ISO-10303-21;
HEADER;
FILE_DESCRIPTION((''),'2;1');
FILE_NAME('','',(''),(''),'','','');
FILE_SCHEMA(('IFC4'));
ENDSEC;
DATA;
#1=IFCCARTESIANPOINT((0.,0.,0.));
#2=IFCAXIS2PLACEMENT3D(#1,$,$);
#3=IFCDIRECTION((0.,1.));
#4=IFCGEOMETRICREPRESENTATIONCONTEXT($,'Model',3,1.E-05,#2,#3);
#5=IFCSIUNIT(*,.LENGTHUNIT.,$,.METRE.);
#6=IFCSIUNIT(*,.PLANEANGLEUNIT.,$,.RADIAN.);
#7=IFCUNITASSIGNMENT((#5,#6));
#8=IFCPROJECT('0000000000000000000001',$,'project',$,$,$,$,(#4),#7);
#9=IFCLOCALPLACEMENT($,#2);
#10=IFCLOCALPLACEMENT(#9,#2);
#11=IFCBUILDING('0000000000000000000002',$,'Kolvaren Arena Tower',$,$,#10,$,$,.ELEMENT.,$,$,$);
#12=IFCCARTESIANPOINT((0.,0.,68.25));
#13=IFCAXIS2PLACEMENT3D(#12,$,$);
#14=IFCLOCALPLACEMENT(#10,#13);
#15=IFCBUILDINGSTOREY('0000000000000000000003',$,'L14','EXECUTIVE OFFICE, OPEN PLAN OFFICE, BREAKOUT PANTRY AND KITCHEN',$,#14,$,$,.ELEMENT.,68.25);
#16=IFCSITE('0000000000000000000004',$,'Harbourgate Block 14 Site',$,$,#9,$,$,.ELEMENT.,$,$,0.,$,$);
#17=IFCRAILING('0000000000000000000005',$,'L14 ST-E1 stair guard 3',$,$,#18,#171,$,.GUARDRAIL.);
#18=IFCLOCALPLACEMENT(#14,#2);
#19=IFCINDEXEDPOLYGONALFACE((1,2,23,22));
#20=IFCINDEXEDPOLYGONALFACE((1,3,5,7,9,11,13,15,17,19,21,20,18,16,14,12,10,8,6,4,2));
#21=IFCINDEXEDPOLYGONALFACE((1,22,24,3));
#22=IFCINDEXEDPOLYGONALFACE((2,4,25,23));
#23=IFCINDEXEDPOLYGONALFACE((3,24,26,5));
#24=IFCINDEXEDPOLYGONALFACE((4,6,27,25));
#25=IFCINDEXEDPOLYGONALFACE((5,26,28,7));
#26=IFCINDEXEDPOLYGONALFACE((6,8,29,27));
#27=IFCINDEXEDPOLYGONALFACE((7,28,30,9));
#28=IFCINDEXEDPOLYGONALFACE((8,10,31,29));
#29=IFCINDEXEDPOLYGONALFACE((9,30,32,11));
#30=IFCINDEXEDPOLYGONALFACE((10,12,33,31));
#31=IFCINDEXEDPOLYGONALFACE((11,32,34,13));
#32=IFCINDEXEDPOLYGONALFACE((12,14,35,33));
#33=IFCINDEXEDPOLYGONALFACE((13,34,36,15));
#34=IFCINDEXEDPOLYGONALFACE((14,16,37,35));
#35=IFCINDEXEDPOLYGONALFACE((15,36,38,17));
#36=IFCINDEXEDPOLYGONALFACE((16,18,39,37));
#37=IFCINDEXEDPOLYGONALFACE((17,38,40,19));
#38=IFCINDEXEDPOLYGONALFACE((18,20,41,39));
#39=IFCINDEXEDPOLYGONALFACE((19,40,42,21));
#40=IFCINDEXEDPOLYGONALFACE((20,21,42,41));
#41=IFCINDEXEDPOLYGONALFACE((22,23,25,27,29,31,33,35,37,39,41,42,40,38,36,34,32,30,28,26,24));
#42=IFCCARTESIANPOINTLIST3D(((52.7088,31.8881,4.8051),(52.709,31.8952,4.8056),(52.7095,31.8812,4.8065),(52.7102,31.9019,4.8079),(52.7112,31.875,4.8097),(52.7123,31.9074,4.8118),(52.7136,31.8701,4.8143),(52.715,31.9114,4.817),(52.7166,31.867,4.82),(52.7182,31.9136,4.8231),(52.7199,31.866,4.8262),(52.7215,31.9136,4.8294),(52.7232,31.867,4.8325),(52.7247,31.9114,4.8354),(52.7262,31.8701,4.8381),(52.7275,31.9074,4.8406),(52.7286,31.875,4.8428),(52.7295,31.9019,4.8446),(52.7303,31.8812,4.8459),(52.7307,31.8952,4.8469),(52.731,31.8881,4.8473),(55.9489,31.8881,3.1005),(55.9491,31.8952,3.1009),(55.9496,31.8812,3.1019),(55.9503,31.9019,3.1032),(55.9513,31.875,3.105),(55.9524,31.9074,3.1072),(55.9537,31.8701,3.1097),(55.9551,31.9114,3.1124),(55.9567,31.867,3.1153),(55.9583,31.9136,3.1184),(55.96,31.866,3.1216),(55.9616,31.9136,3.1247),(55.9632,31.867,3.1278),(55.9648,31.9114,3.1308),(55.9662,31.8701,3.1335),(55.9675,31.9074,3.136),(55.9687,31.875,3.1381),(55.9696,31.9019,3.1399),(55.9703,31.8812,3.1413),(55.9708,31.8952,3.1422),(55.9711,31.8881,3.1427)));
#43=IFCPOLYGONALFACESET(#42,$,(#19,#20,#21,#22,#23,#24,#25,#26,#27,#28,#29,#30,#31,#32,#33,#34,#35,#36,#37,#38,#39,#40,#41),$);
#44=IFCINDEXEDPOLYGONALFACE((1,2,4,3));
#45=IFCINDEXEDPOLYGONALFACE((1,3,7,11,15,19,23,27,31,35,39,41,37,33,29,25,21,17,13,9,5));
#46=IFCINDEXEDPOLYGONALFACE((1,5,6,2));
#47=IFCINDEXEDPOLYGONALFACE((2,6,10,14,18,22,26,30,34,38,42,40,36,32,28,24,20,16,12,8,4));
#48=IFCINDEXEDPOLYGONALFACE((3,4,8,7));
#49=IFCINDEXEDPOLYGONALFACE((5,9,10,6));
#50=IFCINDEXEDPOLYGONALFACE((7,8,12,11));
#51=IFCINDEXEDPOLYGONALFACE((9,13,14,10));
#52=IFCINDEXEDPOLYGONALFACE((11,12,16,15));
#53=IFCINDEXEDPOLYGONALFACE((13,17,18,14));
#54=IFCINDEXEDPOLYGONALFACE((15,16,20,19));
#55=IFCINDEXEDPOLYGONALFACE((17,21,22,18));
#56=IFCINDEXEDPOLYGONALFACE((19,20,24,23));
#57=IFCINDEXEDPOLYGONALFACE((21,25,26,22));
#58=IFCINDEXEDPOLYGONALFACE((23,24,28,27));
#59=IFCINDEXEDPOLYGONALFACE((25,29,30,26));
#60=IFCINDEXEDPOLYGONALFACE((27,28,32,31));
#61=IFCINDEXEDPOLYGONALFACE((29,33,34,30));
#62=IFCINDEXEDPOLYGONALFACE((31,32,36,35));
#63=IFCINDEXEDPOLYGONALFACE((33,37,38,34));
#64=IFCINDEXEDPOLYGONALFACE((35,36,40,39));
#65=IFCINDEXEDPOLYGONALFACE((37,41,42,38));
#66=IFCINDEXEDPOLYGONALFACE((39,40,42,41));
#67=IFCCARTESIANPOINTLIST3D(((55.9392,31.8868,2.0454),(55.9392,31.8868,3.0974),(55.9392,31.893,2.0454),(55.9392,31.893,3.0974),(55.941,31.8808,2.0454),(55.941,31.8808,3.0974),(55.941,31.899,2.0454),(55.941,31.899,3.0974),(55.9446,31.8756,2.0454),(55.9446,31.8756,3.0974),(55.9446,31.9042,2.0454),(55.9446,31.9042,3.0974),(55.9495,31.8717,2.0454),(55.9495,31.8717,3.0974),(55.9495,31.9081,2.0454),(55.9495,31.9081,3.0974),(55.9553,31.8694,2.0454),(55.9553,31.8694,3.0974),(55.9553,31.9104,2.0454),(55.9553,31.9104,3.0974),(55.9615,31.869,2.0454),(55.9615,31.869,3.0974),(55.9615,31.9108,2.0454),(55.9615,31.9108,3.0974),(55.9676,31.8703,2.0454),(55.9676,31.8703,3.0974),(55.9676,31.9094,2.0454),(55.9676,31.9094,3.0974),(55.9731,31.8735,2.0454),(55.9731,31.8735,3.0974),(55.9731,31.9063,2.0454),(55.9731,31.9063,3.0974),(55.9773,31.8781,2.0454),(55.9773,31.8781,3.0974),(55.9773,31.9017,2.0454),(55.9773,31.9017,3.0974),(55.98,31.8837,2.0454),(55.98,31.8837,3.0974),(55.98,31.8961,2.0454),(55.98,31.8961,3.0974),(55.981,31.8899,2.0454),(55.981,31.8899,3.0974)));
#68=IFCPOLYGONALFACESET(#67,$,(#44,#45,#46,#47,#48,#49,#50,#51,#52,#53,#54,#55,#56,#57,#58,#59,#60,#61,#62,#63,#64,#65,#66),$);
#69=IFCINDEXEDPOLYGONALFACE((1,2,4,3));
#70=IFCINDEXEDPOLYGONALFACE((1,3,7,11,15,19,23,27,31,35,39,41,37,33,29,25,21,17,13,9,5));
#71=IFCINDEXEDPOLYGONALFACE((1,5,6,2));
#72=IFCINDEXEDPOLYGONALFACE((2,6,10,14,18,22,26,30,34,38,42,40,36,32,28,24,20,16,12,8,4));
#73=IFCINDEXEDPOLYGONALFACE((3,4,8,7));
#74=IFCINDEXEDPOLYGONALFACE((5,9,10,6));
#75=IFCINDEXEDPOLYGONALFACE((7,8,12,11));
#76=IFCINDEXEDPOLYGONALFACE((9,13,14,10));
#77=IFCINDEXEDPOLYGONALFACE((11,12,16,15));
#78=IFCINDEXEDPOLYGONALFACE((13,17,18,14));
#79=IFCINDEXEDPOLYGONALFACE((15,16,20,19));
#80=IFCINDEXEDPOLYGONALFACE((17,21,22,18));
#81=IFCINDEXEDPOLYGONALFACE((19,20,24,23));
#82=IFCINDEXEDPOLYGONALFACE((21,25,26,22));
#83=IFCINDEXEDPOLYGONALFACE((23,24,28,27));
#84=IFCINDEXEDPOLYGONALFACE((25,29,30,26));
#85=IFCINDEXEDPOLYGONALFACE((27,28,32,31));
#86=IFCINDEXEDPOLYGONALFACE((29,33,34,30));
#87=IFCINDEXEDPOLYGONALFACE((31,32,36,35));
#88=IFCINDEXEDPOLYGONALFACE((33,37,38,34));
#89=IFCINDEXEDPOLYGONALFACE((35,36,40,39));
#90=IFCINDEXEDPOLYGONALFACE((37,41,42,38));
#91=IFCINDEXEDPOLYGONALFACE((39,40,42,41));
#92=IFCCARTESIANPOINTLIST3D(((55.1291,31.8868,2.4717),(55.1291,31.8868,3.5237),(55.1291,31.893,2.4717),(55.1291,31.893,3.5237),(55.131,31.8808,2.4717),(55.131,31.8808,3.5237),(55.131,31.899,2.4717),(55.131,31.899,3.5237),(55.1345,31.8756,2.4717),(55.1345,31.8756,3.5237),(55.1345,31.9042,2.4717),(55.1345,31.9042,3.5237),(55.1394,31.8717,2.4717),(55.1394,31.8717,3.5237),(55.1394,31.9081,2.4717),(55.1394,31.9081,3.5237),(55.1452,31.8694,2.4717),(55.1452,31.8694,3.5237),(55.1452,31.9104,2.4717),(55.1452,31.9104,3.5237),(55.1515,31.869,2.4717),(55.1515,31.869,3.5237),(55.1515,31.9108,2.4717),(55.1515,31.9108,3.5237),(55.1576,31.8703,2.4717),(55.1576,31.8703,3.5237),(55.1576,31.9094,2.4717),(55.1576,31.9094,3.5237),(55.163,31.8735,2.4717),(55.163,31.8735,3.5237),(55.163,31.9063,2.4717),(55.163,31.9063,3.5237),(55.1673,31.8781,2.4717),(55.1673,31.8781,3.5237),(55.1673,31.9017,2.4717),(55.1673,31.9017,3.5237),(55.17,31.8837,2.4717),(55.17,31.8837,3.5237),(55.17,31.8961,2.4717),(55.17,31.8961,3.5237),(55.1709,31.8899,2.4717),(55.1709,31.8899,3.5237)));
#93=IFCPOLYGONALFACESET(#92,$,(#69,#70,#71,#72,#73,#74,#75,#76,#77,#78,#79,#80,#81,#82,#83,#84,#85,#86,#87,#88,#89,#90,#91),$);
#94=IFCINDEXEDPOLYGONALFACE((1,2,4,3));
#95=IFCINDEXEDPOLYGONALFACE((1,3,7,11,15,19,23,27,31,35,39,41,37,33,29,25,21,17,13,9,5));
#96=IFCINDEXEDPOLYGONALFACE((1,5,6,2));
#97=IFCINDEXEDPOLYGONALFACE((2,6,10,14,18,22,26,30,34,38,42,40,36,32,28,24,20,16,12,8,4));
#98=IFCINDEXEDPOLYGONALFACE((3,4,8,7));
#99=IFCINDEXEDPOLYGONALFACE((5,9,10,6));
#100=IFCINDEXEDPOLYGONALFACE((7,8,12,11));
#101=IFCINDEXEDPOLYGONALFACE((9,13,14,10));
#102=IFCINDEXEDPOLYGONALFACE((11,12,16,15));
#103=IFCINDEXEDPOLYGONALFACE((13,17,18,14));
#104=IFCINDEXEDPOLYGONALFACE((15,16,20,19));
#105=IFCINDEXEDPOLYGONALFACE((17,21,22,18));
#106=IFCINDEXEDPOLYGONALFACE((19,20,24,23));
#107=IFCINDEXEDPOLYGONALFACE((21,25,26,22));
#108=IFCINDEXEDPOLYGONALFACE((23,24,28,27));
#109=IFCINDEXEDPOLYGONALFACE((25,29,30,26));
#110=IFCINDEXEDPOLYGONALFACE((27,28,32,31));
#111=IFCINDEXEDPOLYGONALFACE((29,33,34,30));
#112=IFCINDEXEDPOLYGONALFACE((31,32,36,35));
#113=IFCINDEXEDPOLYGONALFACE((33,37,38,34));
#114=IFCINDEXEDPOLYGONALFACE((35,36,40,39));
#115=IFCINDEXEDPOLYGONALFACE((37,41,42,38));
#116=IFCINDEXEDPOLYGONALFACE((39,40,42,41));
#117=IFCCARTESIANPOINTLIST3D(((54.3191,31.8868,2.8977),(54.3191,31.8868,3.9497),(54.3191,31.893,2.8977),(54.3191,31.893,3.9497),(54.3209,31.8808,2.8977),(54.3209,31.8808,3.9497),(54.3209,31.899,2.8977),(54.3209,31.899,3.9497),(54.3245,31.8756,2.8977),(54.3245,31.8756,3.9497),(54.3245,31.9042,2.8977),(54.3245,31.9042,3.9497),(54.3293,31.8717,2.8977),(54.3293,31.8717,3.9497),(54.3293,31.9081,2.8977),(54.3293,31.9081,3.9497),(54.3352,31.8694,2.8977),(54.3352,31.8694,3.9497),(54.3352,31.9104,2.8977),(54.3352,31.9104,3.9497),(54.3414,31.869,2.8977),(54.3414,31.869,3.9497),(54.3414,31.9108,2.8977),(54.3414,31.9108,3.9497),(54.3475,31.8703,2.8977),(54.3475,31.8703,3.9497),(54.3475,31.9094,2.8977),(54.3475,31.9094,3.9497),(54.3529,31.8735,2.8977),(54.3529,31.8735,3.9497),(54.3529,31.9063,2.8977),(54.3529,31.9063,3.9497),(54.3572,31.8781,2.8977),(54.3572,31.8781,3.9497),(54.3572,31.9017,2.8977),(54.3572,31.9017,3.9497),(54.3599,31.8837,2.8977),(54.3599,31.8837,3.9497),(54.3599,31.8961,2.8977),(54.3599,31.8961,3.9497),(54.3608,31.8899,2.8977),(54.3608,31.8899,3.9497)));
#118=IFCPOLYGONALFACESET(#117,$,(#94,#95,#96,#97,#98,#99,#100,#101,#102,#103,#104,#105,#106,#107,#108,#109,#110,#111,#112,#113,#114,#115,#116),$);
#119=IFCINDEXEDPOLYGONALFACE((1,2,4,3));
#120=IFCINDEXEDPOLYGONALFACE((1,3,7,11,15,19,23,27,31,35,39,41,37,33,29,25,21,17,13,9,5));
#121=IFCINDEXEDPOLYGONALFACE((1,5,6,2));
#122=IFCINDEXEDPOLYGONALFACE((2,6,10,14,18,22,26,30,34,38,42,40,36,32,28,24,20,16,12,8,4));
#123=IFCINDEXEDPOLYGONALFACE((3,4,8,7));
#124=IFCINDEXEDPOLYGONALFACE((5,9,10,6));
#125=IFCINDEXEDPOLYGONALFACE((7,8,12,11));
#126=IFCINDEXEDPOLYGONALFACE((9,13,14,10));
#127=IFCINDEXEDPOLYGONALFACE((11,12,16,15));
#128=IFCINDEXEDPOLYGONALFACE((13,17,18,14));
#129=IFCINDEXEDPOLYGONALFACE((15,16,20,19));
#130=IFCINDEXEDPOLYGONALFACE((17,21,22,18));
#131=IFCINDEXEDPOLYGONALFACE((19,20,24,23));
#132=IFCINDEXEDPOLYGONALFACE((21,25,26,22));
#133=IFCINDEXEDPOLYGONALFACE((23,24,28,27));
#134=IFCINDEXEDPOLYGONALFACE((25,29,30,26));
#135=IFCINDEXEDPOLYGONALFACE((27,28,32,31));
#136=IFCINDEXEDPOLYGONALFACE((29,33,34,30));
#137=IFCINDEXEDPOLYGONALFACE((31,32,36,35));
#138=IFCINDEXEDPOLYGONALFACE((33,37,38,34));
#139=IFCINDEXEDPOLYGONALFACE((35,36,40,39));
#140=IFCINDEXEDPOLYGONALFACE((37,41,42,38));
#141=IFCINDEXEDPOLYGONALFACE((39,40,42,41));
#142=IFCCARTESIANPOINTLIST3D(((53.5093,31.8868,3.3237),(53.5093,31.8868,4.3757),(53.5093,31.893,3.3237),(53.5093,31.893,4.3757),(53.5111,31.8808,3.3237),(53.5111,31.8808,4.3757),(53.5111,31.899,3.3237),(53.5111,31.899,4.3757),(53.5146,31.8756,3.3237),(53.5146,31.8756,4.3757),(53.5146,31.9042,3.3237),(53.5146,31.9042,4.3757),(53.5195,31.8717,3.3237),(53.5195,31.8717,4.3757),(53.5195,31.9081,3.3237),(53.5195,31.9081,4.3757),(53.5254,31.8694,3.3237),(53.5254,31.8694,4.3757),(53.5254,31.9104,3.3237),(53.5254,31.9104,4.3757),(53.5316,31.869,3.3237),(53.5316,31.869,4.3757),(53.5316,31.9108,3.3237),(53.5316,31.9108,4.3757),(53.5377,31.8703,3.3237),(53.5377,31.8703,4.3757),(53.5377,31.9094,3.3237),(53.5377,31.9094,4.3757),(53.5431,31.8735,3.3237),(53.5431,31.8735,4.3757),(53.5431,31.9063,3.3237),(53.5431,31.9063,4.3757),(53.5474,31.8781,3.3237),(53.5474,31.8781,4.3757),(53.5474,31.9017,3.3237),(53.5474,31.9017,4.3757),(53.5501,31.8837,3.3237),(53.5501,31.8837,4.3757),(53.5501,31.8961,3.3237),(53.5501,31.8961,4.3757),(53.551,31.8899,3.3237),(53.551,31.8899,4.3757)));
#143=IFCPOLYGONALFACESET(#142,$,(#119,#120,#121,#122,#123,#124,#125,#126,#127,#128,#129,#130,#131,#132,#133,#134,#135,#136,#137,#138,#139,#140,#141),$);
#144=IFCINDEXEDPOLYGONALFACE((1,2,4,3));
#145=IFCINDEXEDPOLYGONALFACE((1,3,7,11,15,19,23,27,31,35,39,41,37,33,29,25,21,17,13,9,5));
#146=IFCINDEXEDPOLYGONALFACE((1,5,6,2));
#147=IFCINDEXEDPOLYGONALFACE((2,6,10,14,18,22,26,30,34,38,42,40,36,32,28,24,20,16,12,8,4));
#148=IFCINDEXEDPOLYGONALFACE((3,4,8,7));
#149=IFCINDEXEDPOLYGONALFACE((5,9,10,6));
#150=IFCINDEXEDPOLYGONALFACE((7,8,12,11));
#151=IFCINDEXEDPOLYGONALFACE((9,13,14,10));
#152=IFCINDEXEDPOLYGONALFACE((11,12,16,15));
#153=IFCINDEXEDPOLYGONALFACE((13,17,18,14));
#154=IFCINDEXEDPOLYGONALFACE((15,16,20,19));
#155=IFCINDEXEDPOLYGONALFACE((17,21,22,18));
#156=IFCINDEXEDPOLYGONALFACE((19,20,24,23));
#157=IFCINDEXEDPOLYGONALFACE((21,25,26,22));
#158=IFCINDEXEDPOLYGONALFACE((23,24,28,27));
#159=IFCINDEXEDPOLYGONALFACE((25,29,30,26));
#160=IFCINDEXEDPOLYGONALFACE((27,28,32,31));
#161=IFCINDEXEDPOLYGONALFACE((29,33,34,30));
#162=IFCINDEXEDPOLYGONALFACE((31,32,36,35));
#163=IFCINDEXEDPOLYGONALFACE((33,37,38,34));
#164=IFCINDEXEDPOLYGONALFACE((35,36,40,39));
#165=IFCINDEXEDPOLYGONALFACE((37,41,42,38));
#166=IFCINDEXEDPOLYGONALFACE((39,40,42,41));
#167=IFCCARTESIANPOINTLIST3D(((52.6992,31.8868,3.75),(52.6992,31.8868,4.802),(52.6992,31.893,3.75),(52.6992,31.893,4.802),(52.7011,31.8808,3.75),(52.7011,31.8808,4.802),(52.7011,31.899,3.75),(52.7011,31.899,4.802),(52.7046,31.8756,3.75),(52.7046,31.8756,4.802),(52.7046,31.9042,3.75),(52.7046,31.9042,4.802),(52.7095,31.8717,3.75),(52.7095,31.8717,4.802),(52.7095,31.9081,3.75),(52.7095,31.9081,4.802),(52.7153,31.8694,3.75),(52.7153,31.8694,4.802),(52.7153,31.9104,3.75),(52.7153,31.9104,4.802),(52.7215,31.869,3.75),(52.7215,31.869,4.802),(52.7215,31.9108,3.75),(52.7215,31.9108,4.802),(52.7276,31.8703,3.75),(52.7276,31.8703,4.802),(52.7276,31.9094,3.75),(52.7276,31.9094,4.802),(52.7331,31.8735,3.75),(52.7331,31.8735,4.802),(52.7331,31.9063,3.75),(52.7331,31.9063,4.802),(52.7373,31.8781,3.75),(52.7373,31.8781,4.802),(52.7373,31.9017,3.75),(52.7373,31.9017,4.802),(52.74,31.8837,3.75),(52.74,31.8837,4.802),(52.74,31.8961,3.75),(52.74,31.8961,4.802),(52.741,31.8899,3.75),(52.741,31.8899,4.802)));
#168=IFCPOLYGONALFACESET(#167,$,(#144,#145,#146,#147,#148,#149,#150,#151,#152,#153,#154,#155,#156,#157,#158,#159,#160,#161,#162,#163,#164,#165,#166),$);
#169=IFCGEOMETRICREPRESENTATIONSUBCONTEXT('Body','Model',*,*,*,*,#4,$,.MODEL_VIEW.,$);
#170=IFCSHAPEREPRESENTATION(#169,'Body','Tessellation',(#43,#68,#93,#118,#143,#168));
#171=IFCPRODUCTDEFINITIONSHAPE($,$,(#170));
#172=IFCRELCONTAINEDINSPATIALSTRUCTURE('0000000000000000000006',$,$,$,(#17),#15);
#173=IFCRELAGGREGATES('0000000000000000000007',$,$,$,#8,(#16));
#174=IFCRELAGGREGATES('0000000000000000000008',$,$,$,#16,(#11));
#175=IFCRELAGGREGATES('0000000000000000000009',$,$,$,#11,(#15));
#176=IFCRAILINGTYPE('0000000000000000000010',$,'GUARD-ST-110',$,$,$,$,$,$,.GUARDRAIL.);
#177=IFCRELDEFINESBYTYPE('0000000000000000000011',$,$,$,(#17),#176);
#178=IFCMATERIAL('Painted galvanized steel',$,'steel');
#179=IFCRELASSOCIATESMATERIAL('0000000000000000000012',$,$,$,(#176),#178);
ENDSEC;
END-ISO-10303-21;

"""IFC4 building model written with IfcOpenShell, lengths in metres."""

from ifc_helpers import new_model, si_unit, direction, frame, origin, origin_2d, place, context, subcontext, project, spatial, circle, extrude, material, type_object, element, save


model = new_model("IFC4")

# Units and contexts
model_context = context("Model", 3, precision=1e-05, world=origin(), true_north=direction((0.0, 1.0)))
body_context = subcontext(model_context, "Body", "Model", "MODEL_VIEW")
ifc_project = project(units=[si_unit("LENGTHUNIT", "METRE"), si_unit("PLANEANGLEUNIT", "RADIAN")], contexts=[model_context])

# Site, building, storey
site_placement = place(None, origin())
site = spatial("IfcSite", under=ifc_project, at=site_placement, Name="Harbourgate Block 14 Site", CompositionType="ELEMENT", RefElevation=0.0)
building_placement = place(site_placement, origin())
building = spatial("IfcBuilding", under=site, at=building_placement, Name="Kolvaren Arena Tower", CompositionType="ELEMENT")
storey_placement = place(building_placement, frame((0.0, 0.0, 68.25)))
storey = spatial("IfcBuildingStorey", under=building, at=storey_placement, Name="L14", Description="EXECUTIVE OFFICE, OPEN PLAN OFFICE, BREAKOUT PANTRY AND KITCHEN", CompositionType="ELEMENT", Elevation=68.25)

# Railing
ifc_material_1 = material(Name="Painted galvanized steel", Category="steel")
railing_type_1 = type_object("IfcRailingType", Name="GUARD-ST-110", PredefinedType="GUARDRAIL", material=ifc_material_1)
railing_1_placement = place(storey_placement, frame((55.96, 31.8899, 2.0454)))
element("IfcRailing", 1, at=railing_1_placement, inside=storey, type_object=railing_type_1, Name="L14 ST-E1 stair guard 3", PredefinedType="GUARDRAIL", context=body_context, shape_type="SweptSolid", body=[
    extrude(circle(Radius=0.0239, at=origin_2d()), frame((0.0, 0.0, 1.0762), z_axis=(-0.884993, 0.0, 0.465604), x_axis=(0.0, -1.0, 0.0)), (0.0, 0.0, 1.0), 3.6611),
    extrude(circle(Radius=0.021, at=origin_2d()), origin(), (0.0, 0.0, 1.0), 1.052),
    extrude(circle(Radius=0.021, at=origin_2d()), frame((-0.8101, 0.0, 0.4263)), (0.0, 0.0, 1.0), 1.052),
    extrude(circle(Radius=0.021, at=origin_2d()), frame((-1.6201, 0.0, 0.8523)), (0.0, 0.0, 1.0), 1.052),
    extrude(circle(Radius=0.021, at=origin_2d()), frame((-2.4299, 0.0, 1.2783)), (0.0, 0.0, 1.0), 1.052),
    extrude(circle(Radius=0.021, at=origin_2d()), frame((-3.24, 0.0, 1.7046)), (0.0, 0.0, 1.0), 1.052),
])

save(model, "model.ifc")
